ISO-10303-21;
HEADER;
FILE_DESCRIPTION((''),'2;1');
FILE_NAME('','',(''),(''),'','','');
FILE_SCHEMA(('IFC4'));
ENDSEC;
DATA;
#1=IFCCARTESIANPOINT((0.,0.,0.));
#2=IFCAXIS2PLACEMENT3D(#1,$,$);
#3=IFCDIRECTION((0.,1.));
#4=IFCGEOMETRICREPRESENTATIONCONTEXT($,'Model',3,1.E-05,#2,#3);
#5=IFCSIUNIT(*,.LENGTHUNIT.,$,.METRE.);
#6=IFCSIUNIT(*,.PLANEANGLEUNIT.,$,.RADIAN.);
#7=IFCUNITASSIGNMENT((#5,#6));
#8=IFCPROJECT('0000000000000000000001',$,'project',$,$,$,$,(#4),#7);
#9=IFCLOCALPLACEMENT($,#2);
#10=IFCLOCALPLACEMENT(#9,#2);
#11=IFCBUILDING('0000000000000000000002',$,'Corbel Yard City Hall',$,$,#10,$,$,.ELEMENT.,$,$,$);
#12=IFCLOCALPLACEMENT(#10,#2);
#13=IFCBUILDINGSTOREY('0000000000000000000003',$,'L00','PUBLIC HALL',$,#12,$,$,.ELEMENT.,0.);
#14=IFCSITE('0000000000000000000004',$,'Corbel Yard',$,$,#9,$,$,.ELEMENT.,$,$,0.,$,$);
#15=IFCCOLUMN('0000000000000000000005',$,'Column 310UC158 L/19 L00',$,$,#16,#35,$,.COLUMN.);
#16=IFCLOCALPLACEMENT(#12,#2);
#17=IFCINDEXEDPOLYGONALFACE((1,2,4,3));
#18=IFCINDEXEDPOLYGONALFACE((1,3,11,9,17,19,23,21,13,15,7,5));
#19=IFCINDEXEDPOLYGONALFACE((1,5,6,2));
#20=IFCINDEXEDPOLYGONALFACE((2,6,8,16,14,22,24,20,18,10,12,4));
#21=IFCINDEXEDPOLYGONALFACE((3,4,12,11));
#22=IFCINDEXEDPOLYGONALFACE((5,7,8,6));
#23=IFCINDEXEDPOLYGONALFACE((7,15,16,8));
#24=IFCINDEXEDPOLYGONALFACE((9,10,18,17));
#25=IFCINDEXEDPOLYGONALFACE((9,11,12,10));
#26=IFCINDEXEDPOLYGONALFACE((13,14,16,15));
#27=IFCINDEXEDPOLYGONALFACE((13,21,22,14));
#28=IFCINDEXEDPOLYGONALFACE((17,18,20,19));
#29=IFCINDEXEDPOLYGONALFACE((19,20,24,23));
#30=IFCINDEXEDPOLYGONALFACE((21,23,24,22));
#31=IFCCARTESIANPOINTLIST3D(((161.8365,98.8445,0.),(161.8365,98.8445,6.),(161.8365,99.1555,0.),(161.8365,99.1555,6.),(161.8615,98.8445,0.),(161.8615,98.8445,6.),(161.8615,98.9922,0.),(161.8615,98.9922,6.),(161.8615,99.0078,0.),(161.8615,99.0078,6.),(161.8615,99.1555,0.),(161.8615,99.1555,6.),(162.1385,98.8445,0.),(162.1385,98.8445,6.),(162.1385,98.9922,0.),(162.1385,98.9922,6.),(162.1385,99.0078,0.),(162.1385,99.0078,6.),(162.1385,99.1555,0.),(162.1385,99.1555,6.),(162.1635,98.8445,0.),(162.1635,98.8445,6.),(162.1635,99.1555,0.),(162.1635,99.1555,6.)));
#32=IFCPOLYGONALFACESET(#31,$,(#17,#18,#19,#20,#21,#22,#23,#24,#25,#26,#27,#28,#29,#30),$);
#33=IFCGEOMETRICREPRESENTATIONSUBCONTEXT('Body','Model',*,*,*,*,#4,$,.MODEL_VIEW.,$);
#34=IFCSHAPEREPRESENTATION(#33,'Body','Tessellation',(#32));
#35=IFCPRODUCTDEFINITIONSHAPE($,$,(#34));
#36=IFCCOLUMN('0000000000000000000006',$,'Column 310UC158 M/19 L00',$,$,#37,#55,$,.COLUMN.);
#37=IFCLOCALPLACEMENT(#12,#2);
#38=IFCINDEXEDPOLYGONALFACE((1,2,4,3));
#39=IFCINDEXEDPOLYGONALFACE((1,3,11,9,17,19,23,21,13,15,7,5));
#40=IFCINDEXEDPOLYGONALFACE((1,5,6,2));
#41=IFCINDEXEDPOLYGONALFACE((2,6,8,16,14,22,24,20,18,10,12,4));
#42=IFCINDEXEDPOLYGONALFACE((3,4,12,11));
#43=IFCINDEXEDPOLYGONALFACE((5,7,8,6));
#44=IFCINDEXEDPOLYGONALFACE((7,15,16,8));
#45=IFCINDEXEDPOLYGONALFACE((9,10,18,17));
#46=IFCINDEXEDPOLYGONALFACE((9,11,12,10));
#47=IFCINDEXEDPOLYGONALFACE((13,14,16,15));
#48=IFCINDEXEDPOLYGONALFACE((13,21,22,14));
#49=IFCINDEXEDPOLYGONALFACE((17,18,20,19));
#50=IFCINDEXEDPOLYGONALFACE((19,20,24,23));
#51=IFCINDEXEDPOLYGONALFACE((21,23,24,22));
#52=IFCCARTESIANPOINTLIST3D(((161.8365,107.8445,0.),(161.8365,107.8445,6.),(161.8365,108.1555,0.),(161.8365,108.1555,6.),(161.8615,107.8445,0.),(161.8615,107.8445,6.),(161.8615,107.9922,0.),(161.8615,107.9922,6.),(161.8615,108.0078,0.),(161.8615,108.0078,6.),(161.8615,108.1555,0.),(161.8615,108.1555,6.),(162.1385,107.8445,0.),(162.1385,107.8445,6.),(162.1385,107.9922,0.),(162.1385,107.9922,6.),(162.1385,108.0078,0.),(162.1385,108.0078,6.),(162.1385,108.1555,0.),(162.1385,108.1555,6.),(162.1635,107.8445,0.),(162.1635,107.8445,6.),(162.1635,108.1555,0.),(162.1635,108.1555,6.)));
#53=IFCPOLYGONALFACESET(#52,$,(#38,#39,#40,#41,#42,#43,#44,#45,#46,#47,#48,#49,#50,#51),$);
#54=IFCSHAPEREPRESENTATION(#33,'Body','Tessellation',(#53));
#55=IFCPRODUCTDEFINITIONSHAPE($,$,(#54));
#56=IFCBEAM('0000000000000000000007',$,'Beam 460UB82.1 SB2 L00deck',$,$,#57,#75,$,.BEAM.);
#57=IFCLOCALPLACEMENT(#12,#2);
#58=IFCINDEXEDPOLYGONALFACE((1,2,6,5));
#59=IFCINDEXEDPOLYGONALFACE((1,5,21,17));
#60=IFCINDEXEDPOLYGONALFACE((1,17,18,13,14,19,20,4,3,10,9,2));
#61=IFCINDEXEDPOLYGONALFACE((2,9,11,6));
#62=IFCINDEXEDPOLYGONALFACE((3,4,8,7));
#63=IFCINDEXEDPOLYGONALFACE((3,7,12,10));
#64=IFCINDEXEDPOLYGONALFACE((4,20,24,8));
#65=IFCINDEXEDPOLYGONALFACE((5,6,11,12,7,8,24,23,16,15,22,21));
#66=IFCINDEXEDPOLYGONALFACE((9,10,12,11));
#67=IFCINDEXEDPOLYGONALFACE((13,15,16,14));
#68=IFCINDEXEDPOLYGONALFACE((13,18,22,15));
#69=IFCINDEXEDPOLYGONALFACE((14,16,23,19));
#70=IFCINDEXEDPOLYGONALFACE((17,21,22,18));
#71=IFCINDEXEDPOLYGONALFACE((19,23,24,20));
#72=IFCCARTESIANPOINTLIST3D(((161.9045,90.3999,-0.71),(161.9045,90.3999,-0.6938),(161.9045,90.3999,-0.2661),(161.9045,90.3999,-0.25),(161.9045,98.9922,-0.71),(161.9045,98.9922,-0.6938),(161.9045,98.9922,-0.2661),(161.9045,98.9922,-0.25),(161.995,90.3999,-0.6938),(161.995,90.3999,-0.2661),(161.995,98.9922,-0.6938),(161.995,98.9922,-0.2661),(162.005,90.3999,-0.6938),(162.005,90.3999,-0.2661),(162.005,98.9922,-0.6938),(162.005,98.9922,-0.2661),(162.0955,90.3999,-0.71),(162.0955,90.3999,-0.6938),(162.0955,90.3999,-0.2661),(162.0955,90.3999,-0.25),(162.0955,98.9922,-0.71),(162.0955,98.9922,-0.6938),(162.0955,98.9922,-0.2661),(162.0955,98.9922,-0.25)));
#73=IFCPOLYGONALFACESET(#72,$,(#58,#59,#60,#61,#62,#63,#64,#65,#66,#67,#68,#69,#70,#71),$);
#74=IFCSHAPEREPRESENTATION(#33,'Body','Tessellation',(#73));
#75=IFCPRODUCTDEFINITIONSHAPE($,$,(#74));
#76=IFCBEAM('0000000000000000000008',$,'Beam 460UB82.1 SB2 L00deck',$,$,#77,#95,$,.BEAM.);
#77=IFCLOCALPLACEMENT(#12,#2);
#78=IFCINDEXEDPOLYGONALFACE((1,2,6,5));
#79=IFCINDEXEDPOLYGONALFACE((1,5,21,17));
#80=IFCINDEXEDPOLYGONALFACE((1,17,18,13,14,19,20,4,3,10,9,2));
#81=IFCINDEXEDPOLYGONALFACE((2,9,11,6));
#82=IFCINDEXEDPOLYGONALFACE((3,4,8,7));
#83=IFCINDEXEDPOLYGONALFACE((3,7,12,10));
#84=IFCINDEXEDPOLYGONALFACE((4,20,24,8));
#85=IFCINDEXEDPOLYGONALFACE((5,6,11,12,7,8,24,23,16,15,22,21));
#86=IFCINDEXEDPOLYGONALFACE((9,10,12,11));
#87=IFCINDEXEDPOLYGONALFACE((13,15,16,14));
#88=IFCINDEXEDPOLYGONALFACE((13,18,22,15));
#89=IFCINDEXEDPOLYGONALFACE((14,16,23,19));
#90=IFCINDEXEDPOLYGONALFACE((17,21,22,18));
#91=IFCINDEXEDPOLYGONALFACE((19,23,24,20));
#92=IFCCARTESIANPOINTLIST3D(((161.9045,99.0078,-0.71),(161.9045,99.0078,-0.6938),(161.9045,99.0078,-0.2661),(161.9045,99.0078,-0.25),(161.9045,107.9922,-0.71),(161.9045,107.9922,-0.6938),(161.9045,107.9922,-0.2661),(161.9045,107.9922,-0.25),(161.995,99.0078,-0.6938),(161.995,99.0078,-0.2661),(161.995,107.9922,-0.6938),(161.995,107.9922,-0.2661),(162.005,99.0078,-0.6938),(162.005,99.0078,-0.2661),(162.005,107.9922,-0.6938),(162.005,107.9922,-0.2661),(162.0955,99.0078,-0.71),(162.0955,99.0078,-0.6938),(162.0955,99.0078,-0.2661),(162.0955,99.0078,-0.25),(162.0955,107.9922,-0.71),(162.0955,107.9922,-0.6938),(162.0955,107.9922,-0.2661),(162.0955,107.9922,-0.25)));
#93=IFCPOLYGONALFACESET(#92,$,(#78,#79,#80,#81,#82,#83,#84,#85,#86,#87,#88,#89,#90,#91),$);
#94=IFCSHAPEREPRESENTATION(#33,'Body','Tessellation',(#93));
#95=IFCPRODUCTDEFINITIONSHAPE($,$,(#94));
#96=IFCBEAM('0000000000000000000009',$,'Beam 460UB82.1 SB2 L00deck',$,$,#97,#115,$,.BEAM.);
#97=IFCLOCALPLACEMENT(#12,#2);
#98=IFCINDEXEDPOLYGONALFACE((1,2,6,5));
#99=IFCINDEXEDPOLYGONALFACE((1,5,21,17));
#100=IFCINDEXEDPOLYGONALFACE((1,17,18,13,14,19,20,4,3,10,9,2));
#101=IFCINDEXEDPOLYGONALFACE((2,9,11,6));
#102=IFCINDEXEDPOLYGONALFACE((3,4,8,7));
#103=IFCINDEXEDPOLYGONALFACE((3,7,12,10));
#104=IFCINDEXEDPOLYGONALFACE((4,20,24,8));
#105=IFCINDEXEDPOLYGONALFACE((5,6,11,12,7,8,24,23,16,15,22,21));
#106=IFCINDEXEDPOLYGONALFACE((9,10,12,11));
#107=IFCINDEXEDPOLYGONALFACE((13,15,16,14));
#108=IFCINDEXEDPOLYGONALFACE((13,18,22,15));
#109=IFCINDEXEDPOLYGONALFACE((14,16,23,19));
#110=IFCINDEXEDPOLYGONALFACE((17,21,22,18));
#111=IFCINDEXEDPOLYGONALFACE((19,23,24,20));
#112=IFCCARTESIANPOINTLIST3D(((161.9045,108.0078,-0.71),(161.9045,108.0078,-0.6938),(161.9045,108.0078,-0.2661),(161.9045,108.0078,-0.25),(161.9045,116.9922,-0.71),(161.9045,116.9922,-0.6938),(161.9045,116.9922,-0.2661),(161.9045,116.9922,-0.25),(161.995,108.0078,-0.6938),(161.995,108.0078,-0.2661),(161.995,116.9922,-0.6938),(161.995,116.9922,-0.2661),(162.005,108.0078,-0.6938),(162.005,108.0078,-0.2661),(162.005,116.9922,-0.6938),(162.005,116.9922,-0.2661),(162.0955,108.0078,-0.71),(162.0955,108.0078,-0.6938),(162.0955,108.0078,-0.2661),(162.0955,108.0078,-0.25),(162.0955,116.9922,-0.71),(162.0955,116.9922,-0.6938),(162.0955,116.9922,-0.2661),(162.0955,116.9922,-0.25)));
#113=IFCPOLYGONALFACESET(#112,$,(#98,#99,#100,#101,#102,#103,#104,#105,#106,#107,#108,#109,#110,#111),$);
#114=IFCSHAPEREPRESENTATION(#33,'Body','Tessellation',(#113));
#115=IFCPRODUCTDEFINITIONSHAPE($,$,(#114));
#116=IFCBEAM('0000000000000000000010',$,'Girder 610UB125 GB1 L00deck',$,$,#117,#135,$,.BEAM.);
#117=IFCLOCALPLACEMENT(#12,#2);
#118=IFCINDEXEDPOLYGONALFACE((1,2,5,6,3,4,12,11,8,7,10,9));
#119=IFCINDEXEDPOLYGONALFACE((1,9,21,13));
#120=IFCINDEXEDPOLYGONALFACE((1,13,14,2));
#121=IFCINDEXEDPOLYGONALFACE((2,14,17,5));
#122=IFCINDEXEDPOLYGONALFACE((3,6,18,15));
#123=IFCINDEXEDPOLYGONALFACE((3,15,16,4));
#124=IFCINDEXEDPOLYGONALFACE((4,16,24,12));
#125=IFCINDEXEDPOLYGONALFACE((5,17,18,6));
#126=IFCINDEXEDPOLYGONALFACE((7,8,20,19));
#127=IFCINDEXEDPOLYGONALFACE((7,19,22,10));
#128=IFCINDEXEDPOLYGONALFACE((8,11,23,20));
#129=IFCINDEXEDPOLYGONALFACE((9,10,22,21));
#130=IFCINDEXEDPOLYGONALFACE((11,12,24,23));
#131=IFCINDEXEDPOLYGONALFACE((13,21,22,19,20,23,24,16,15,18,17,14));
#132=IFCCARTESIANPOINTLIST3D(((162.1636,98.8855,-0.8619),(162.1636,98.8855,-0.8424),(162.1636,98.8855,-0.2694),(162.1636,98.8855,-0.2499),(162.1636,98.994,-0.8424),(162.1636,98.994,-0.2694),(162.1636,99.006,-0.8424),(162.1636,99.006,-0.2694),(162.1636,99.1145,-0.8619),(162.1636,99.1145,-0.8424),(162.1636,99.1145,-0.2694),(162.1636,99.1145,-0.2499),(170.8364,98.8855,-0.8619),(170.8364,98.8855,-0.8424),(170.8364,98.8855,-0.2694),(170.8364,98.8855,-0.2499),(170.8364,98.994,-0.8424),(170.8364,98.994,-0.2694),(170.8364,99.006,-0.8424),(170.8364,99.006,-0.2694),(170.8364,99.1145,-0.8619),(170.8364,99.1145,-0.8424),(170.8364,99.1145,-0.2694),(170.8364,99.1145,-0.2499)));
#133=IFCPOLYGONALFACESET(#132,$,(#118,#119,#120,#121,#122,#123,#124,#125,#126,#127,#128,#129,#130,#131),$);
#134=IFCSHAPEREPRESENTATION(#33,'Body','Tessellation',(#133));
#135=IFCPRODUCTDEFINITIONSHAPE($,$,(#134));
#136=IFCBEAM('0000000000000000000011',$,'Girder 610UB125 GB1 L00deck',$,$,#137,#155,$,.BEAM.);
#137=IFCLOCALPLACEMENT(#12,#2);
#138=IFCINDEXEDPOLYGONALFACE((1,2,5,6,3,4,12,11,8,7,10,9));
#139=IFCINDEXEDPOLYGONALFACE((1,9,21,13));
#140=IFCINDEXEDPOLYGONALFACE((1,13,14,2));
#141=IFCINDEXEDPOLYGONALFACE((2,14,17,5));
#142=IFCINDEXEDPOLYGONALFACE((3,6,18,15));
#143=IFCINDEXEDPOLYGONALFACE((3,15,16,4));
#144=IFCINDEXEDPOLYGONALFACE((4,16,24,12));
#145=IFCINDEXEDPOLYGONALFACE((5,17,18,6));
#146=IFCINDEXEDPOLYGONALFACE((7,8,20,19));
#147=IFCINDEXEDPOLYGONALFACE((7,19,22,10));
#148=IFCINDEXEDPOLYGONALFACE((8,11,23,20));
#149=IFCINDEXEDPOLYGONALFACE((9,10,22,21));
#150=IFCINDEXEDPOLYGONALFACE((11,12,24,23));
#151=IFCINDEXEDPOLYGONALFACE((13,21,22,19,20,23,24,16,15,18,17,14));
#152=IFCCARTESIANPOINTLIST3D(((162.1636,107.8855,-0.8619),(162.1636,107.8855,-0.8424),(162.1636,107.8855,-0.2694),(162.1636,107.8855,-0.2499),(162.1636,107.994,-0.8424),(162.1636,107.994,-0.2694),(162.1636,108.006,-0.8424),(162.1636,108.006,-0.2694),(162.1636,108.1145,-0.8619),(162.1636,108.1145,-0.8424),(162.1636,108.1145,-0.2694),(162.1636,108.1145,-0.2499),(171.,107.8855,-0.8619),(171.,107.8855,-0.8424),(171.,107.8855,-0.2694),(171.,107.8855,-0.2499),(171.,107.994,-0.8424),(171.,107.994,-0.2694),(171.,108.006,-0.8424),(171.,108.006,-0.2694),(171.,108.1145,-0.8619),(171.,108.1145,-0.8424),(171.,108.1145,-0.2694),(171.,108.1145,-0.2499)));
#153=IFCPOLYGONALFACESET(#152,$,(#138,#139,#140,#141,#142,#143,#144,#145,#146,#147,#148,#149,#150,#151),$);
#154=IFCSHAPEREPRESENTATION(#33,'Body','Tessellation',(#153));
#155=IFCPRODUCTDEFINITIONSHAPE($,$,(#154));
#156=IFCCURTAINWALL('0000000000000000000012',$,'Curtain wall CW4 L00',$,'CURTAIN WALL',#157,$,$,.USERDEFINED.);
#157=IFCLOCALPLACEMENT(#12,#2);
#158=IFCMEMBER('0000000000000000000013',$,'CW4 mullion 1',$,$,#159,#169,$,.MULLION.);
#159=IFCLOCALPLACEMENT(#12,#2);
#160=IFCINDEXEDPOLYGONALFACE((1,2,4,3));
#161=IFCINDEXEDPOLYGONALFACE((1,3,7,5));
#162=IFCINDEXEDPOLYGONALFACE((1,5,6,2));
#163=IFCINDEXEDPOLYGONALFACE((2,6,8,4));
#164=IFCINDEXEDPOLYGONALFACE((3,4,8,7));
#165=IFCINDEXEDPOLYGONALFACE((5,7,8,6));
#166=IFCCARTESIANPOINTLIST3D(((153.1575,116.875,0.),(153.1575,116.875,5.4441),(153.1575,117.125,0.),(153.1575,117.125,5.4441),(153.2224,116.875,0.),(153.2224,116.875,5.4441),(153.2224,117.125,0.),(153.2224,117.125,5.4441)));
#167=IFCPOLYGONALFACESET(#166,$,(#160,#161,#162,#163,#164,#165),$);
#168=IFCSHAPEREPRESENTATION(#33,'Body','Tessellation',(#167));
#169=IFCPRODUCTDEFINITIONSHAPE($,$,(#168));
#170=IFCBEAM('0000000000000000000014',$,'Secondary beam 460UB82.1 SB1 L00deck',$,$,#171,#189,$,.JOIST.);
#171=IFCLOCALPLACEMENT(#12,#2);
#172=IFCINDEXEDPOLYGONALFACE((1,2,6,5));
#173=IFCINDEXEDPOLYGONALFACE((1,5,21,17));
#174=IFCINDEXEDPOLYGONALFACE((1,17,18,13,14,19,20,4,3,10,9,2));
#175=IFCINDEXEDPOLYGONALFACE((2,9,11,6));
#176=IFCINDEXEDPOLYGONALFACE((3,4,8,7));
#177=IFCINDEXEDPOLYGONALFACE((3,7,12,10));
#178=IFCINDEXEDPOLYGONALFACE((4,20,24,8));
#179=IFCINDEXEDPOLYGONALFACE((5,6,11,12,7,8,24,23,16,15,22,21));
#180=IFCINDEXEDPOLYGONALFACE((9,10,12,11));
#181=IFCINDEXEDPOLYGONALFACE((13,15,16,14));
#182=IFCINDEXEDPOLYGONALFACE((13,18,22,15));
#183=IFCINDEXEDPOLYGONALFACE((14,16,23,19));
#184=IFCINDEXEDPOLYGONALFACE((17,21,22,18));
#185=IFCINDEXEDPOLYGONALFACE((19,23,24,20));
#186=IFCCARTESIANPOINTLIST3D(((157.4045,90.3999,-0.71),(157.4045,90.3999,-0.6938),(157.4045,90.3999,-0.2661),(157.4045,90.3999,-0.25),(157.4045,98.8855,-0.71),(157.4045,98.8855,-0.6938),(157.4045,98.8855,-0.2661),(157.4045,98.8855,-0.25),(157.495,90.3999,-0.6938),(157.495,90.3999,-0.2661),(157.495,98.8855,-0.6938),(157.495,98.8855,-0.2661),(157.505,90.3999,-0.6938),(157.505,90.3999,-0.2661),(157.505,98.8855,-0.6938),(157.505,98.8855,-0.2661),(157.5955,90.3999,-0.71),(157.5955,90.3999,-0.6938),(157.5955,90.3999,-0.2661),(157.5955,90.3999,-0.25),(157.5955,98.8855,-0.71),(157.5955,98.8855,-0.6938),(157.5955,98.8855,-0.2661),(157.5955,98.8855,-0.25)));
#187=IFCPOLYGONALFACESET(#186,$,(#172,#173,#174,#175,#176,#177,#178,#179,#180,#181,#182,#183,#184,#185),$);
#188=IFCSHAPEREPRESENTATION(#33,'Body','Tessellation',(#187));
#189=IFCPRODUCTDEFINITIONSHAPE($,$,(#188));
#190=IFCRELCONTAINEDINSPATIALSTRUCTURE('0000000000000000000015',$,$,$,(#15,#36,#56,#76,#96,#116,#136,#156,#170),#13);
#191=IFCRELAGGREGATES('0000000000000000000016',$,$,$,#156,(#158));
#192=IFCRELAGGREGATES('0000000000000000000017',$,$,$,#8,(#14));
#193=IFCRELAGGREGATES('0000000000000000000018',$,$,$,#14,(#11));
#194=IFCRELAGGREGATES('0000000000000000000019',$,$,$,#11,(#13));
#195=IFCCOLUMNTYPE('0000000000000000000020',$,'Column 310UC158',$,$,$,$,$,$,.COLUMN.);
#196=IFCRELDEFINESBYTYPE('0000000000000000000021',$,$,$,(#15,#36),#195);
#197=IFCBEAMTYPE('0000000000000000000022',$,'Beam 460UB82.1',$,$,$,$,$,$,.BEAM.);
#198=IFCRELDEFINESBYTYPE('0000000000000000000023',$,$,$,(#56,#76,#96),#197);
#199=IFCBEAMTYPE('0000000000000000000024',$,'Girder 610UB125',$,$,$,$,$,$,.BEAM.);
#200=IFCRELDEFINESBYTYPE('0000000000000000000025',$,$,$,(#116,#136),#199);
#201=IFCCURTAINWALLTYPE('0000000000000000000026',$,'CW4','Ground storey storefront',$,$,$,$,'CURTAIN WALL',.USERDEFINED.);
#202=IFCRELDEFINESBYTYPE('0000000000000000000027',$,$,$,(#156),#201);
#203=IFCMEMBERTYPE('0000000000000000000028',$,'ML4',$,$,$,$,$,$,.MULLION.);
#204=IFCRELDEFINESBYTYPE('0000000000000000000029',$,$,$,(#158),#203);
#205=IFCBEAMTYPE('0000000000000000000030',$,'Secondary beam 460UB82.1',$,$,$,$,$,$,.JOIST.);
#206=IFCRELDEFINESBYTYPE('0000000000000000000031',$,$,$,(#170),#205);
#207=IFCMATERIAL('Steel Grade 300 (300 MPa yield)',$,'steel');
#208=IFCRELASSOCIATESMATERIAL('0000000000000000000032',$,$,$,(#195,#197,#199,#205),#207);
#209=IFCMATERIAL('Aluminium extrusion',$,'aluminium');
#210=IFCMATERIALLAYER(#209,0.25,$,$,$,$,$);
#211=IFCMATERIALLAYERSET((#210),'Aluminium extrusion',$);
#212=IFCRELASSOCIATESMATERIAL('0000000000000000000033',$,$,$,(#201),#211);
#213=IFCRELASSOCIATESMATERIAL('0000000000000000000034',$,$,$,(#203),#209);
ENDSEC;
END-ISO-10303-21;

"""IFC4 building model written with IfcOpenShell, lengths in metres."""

from ifc_helpers import new_model, si_unit, direction, frame, origin, origin_2d, place, context, subcontext, project, spatial, rectangle, i_section, extrude, material, layer, layer_set, material_profile, profile_set, type_object, element, aggregate, save


model = new_model("IFC4")

# Units and contexts
model_context = context("Model", 3, precision=1e-05, world=origin(), true_north=direction((0.0, 1.0)))
body_context = subcontext(model_context, "Body", "Model", "MODEL_VIEW")
ifc_project = project(units=[si_unit("LENGTHUNIT", "METRE"), si_unit("PLANEANGLEUNIT", "RADIAN")], contexts=[model_context])

# Site, building, storey
site_placement = place(None, origin())
site = spatial("IfcSite", under=ifc_project, at=site_placement, Name="Corbel Yard", CompositionType="ELEMENT", RefElevation=0.0)
building_placement = place(site_placement, origin())
building = spatial("IfcBuilding", under=site, at=building_placement, Name="Corbel Yard City Hall", CompositionType="ELEMENT")
storey_placement = place(building_placement, origin())
storey = spatial("IfcBuildingStorey", under=building, at=storey_placement, Name="L00", Description="PUBLIC HALL", CompositionType="ELEMENT", Elevation=0.0)

# Columns
ifc_material_1 = material(Name="Steel Grade 300 (300 MPa yield)", Category="steel")
ifc_material_profile_1 = material_profile(ifc_material_1, i_section(OverallWidth=0.311, OverallDepth=0.3269, WebThickness=0.0156, FlangeThickness=0.0249, at=origin_2d()), Name="310UC158")
ifc_profile_set_1 = profile_set([ifc_material_profile_1], Name="Steel Grade 300 (300 MPa yield)")
column_type = type_object("IfcColumnType", Name="Column 310UC158", PredefinedType="COLUMN", material=ifc_profile_set_1)
for number, where, z_axis, x_axis, name in (
    (1, (162.0, 99.0, 0.0), (0.0, 0.0, 1.0), (0.0, 1.0, 0.0), "Column 310UC158 L/19 L00"),
    (2, (162.0, 108.0, 0.0), (0.0, 0.0, 1.0), (0.0, 1.0, 0.0), "Column 310UC158 M/19 L00"),
):
    element("IfcColumn", number, at=place(storey_placement, frame(where, z_axis=z_axis, x_axis=x_axis)), inside=storey, type_object=column_type, Name=name, PredefinedType="COLUMN", context=body_context, shape_type="SweptSolid", body=[
        extrude(i_section(OverallWidth=0.311, OverallDepth=0.3269, WebThickness=0.0156, FlangeThickness=0.0249, at=origin_2d()), origin(), (0.0, 0.0, 1.0), 6.0),
    ])

# Beams
ifc_material_profile_2 = material_profile(ifc_material_1, i_section(OverallWidth=0.1909, OverallDepth=0.46, WebThickness=0.01, FlangeThickness=0.0161, at=origin_2d()), Name="460UB82.1")
ifc_profile_set_2 = profile_set([ifc_material_profile_2], Name="Steel Grade 300 (300 MPa yield)")
beam_type_1 = type_object("IfcBeamType", Name="Beam 460UB82.1", PredefinedType="BEAM", material=ifc_profile_set_2)
beam_1_placement = place(storey_placement, frame((162.0, 90.3999, -0.48), z_axis=(0.0, 1.0, 0.0), x_axis=(-1.0, 0.0, 0.0)))
element("IfcBeam", 3, at=beam_1_placement, inside=storey, type_object=beam_type_1, Name="Beam 460UB82.1 SB2 L00deck", PredefinedType="BEAM", context=body_context, shape_type="SweptSolid", body=[
    extrude(i_section(OverallWidth=0.1909, OverallDepth=0.46, WebThickness=0.01, FlangeThickness=0.0161, at=origin_2d()), origin(), (0.0, 0.0, 1.0), 8.5923),
])
for number, where, z_axis, x_axis, name in (
    (4, (162.0, 99.0078, -0.48), (0.0, 1.0, 0.0), (-1.0, 0.0, 0.0), "Beam 460UB82.1 SB2 L00deck"),
    (5, (162.0, 108.0078, -0.48), (0.0, 1.0, 0.0), (-1.0, 0.0, 0.0), "Beam 460UB82.1 SB2 L00deck"),
):
    element("IfcBeam", number, at=place(storey_placement, frame(where, z_axis=z_axis, x_axis=x_axis)), inside=storey, type_object=beam_type_1, Name=name, PredefinedType="BEAM", context=body_context, shape_type="SweptSolid", body=[
        extrude(i_section(OverallWidth=0.1909, OverallDepth=0.46, WebThickness=0.01, FlangeThickness=0.0161, at=origin_2d()), origin(), (0.0, 0.0, 1.0), 8.9844),
    ])
ifc_material_profile_3 = material_profile(ifc_material_1, i_section(OverallWidth=0.229, OverallDepth=0.6121, WebThickness=0.012, FlangeThickness=0.0195, at=origin_2d()), Name="610UB125")
ifc_profile_set_3 = profile_set([ifc_material_profile_3], Name="Steel Grade 300 (300 MPa yield)")
beam_type_2 = type_object("IfcBeamType", Name="Girder 610UB125", PredefinedType="BEAM", material=ifc_profile_set_3)
beam_2_placement = place(storey_placement, frame((162.1636, 99.0, -0.5559), z_axis=(1.0, 0.0, 0.0), x_axis=(0.0, 1.0, 0.0)))
element("IfcBeam", 6, at=beam_2_placement, inside=storey, type_object=beam_type_2, Name="Girder 610UB125 GB1 L00deck", PredefinedType="BEAM", context=body_context, shape_type="SweptSolid", body=[
    extrude(i_section(OverallWidth=0.229, OverallDepth=0.6121, WebThickness=0.012, FlangeThickness=0.0195, at=origin_2d()), origin(), (0.0, 0.0, 1.0), 8.6729),
])
beam_3_placement = place(storey_placement, frame((162.1636, 108.0, -0.5559), z_axis=(1.0, 0.0, 0.0), x_axis=(0.0, 1.0, 0.0)))
element("IfcBeam", 7, at=beam_3_placement, inside=storey, type_object=beam_type_2, Name="Girder 610UB125 GB1 L00deck", PredefinedType="BEAM", context=body_context, shape_type="SweptSolid", body=[
    extrude(i_section(OverallWidth=0.229, OverallDepth=0.6121, WebThickness=0.012, FlangeThickness=0.0195, at=origin_2d()), origin(), (0.0, 0.0, 1.0), 8.8364),
])

# Curtain wall, member
ifc_material_2 = material(Name="Aluminium extrusion", Category="aluminium")
ifc_layer_1 = layer(ifc_material_2, 0.25)
ifc_layer_set_1 = layer_set([ifc_layer_1], Name="Aluminium extrusion")
curtain_wall_type = type_object("IfcCurtainWallType", Name="CW4", Description="Ground storey storefront", ElementType="CURTAIN WALL", PredefinedType="USERDEFINED", material=ifc_layer_set_1)
curtain_wall_placement = place(storey_placement, origin())
curtain_wall = element("IfcCurtainWall", 8, at=curtain_wall_placement, inside=storey, type_object=curtain_wall_type, Name="Curtain wall CW4 L00", ObjectType="CURTAIN WALL", PredefinedType="USERDEFINED")
ifc_material_profile_4 = material_profile(ifc_material_2, rectangle(XDim=0.25, YDim=0.0649, at=origin_2d()), Name="250x65")
ifc_profile_set_4 = profile_set([ifc_material_profile_4], Name="Aluminium extrusion")
member_type_1 = type_object("IfcMemberType", Name="ML4", PredefinedType="MULLION", material=ifc_profile_set_4)
member_1_placement = place(storey_placement, frame((153.1899, 117.0, 0.0), z_axis=(0.0, 0.0, 1.0), x_axis=(0.0, 1.0, 0.0)))
member_1 = element("IfcMember", 9, at=member_1_placement, type_object=member_type_1, Name="CW4 mullion 1", PredefinedType="MULLION", context=body_context, shape_type="SweptSolid", body=[
    extrude(rectangle(XDim=0.25, YDim=0.0649, at=origin_2d()), origin(), (0.0, 0.0, 1.0), 5.4441),
])

# Beam
ifc_material_profile_5 = material_profile(ifc_material_1, i_section(OverallWidth=0.1909, OverallDepth=0.46, WebThickness=0.01, FlangeThickness=0.0161, at=origin_2d()), Name="460UB82.1")
ifc_profile_set_5 = profile_set([ifc_material_profile_5], Name="Steel Grade 300 (300 MPa yield)")
beam_type_3 = type_object("IfcBeamType", Name="Secondary beam 460UB82.1", PredefinedType="JOIST", material=ifc_profile_set_5)
beam_4_placement = place(storey_placement, frame((157.5, 90.3999, -0.48), z_axis=(0.0, 1.0, 0.0), x_axis=(-1.0, 0.0, 0.0)))
element("IfcBeam", 10, at=beam_4_placement, inside=storey, type_object=beam_type_3, Name="Secondary beam 460UB82.1 SB1 L00deck", PredefinedType="JOIST", context=body_context, shape_type="SweptSolid", body=[
    extrude(i_section(OverallWidth=0.1909, OverallDepth=0.46, WebThickness=0.01, FlangeThickness=0.0161, at=origin_2d()), origin(), (0.0, 0.0, 1.0), 8.4856),
])

aggregate(curtain_wall, [member_1])

save(model, "model.ifc")
